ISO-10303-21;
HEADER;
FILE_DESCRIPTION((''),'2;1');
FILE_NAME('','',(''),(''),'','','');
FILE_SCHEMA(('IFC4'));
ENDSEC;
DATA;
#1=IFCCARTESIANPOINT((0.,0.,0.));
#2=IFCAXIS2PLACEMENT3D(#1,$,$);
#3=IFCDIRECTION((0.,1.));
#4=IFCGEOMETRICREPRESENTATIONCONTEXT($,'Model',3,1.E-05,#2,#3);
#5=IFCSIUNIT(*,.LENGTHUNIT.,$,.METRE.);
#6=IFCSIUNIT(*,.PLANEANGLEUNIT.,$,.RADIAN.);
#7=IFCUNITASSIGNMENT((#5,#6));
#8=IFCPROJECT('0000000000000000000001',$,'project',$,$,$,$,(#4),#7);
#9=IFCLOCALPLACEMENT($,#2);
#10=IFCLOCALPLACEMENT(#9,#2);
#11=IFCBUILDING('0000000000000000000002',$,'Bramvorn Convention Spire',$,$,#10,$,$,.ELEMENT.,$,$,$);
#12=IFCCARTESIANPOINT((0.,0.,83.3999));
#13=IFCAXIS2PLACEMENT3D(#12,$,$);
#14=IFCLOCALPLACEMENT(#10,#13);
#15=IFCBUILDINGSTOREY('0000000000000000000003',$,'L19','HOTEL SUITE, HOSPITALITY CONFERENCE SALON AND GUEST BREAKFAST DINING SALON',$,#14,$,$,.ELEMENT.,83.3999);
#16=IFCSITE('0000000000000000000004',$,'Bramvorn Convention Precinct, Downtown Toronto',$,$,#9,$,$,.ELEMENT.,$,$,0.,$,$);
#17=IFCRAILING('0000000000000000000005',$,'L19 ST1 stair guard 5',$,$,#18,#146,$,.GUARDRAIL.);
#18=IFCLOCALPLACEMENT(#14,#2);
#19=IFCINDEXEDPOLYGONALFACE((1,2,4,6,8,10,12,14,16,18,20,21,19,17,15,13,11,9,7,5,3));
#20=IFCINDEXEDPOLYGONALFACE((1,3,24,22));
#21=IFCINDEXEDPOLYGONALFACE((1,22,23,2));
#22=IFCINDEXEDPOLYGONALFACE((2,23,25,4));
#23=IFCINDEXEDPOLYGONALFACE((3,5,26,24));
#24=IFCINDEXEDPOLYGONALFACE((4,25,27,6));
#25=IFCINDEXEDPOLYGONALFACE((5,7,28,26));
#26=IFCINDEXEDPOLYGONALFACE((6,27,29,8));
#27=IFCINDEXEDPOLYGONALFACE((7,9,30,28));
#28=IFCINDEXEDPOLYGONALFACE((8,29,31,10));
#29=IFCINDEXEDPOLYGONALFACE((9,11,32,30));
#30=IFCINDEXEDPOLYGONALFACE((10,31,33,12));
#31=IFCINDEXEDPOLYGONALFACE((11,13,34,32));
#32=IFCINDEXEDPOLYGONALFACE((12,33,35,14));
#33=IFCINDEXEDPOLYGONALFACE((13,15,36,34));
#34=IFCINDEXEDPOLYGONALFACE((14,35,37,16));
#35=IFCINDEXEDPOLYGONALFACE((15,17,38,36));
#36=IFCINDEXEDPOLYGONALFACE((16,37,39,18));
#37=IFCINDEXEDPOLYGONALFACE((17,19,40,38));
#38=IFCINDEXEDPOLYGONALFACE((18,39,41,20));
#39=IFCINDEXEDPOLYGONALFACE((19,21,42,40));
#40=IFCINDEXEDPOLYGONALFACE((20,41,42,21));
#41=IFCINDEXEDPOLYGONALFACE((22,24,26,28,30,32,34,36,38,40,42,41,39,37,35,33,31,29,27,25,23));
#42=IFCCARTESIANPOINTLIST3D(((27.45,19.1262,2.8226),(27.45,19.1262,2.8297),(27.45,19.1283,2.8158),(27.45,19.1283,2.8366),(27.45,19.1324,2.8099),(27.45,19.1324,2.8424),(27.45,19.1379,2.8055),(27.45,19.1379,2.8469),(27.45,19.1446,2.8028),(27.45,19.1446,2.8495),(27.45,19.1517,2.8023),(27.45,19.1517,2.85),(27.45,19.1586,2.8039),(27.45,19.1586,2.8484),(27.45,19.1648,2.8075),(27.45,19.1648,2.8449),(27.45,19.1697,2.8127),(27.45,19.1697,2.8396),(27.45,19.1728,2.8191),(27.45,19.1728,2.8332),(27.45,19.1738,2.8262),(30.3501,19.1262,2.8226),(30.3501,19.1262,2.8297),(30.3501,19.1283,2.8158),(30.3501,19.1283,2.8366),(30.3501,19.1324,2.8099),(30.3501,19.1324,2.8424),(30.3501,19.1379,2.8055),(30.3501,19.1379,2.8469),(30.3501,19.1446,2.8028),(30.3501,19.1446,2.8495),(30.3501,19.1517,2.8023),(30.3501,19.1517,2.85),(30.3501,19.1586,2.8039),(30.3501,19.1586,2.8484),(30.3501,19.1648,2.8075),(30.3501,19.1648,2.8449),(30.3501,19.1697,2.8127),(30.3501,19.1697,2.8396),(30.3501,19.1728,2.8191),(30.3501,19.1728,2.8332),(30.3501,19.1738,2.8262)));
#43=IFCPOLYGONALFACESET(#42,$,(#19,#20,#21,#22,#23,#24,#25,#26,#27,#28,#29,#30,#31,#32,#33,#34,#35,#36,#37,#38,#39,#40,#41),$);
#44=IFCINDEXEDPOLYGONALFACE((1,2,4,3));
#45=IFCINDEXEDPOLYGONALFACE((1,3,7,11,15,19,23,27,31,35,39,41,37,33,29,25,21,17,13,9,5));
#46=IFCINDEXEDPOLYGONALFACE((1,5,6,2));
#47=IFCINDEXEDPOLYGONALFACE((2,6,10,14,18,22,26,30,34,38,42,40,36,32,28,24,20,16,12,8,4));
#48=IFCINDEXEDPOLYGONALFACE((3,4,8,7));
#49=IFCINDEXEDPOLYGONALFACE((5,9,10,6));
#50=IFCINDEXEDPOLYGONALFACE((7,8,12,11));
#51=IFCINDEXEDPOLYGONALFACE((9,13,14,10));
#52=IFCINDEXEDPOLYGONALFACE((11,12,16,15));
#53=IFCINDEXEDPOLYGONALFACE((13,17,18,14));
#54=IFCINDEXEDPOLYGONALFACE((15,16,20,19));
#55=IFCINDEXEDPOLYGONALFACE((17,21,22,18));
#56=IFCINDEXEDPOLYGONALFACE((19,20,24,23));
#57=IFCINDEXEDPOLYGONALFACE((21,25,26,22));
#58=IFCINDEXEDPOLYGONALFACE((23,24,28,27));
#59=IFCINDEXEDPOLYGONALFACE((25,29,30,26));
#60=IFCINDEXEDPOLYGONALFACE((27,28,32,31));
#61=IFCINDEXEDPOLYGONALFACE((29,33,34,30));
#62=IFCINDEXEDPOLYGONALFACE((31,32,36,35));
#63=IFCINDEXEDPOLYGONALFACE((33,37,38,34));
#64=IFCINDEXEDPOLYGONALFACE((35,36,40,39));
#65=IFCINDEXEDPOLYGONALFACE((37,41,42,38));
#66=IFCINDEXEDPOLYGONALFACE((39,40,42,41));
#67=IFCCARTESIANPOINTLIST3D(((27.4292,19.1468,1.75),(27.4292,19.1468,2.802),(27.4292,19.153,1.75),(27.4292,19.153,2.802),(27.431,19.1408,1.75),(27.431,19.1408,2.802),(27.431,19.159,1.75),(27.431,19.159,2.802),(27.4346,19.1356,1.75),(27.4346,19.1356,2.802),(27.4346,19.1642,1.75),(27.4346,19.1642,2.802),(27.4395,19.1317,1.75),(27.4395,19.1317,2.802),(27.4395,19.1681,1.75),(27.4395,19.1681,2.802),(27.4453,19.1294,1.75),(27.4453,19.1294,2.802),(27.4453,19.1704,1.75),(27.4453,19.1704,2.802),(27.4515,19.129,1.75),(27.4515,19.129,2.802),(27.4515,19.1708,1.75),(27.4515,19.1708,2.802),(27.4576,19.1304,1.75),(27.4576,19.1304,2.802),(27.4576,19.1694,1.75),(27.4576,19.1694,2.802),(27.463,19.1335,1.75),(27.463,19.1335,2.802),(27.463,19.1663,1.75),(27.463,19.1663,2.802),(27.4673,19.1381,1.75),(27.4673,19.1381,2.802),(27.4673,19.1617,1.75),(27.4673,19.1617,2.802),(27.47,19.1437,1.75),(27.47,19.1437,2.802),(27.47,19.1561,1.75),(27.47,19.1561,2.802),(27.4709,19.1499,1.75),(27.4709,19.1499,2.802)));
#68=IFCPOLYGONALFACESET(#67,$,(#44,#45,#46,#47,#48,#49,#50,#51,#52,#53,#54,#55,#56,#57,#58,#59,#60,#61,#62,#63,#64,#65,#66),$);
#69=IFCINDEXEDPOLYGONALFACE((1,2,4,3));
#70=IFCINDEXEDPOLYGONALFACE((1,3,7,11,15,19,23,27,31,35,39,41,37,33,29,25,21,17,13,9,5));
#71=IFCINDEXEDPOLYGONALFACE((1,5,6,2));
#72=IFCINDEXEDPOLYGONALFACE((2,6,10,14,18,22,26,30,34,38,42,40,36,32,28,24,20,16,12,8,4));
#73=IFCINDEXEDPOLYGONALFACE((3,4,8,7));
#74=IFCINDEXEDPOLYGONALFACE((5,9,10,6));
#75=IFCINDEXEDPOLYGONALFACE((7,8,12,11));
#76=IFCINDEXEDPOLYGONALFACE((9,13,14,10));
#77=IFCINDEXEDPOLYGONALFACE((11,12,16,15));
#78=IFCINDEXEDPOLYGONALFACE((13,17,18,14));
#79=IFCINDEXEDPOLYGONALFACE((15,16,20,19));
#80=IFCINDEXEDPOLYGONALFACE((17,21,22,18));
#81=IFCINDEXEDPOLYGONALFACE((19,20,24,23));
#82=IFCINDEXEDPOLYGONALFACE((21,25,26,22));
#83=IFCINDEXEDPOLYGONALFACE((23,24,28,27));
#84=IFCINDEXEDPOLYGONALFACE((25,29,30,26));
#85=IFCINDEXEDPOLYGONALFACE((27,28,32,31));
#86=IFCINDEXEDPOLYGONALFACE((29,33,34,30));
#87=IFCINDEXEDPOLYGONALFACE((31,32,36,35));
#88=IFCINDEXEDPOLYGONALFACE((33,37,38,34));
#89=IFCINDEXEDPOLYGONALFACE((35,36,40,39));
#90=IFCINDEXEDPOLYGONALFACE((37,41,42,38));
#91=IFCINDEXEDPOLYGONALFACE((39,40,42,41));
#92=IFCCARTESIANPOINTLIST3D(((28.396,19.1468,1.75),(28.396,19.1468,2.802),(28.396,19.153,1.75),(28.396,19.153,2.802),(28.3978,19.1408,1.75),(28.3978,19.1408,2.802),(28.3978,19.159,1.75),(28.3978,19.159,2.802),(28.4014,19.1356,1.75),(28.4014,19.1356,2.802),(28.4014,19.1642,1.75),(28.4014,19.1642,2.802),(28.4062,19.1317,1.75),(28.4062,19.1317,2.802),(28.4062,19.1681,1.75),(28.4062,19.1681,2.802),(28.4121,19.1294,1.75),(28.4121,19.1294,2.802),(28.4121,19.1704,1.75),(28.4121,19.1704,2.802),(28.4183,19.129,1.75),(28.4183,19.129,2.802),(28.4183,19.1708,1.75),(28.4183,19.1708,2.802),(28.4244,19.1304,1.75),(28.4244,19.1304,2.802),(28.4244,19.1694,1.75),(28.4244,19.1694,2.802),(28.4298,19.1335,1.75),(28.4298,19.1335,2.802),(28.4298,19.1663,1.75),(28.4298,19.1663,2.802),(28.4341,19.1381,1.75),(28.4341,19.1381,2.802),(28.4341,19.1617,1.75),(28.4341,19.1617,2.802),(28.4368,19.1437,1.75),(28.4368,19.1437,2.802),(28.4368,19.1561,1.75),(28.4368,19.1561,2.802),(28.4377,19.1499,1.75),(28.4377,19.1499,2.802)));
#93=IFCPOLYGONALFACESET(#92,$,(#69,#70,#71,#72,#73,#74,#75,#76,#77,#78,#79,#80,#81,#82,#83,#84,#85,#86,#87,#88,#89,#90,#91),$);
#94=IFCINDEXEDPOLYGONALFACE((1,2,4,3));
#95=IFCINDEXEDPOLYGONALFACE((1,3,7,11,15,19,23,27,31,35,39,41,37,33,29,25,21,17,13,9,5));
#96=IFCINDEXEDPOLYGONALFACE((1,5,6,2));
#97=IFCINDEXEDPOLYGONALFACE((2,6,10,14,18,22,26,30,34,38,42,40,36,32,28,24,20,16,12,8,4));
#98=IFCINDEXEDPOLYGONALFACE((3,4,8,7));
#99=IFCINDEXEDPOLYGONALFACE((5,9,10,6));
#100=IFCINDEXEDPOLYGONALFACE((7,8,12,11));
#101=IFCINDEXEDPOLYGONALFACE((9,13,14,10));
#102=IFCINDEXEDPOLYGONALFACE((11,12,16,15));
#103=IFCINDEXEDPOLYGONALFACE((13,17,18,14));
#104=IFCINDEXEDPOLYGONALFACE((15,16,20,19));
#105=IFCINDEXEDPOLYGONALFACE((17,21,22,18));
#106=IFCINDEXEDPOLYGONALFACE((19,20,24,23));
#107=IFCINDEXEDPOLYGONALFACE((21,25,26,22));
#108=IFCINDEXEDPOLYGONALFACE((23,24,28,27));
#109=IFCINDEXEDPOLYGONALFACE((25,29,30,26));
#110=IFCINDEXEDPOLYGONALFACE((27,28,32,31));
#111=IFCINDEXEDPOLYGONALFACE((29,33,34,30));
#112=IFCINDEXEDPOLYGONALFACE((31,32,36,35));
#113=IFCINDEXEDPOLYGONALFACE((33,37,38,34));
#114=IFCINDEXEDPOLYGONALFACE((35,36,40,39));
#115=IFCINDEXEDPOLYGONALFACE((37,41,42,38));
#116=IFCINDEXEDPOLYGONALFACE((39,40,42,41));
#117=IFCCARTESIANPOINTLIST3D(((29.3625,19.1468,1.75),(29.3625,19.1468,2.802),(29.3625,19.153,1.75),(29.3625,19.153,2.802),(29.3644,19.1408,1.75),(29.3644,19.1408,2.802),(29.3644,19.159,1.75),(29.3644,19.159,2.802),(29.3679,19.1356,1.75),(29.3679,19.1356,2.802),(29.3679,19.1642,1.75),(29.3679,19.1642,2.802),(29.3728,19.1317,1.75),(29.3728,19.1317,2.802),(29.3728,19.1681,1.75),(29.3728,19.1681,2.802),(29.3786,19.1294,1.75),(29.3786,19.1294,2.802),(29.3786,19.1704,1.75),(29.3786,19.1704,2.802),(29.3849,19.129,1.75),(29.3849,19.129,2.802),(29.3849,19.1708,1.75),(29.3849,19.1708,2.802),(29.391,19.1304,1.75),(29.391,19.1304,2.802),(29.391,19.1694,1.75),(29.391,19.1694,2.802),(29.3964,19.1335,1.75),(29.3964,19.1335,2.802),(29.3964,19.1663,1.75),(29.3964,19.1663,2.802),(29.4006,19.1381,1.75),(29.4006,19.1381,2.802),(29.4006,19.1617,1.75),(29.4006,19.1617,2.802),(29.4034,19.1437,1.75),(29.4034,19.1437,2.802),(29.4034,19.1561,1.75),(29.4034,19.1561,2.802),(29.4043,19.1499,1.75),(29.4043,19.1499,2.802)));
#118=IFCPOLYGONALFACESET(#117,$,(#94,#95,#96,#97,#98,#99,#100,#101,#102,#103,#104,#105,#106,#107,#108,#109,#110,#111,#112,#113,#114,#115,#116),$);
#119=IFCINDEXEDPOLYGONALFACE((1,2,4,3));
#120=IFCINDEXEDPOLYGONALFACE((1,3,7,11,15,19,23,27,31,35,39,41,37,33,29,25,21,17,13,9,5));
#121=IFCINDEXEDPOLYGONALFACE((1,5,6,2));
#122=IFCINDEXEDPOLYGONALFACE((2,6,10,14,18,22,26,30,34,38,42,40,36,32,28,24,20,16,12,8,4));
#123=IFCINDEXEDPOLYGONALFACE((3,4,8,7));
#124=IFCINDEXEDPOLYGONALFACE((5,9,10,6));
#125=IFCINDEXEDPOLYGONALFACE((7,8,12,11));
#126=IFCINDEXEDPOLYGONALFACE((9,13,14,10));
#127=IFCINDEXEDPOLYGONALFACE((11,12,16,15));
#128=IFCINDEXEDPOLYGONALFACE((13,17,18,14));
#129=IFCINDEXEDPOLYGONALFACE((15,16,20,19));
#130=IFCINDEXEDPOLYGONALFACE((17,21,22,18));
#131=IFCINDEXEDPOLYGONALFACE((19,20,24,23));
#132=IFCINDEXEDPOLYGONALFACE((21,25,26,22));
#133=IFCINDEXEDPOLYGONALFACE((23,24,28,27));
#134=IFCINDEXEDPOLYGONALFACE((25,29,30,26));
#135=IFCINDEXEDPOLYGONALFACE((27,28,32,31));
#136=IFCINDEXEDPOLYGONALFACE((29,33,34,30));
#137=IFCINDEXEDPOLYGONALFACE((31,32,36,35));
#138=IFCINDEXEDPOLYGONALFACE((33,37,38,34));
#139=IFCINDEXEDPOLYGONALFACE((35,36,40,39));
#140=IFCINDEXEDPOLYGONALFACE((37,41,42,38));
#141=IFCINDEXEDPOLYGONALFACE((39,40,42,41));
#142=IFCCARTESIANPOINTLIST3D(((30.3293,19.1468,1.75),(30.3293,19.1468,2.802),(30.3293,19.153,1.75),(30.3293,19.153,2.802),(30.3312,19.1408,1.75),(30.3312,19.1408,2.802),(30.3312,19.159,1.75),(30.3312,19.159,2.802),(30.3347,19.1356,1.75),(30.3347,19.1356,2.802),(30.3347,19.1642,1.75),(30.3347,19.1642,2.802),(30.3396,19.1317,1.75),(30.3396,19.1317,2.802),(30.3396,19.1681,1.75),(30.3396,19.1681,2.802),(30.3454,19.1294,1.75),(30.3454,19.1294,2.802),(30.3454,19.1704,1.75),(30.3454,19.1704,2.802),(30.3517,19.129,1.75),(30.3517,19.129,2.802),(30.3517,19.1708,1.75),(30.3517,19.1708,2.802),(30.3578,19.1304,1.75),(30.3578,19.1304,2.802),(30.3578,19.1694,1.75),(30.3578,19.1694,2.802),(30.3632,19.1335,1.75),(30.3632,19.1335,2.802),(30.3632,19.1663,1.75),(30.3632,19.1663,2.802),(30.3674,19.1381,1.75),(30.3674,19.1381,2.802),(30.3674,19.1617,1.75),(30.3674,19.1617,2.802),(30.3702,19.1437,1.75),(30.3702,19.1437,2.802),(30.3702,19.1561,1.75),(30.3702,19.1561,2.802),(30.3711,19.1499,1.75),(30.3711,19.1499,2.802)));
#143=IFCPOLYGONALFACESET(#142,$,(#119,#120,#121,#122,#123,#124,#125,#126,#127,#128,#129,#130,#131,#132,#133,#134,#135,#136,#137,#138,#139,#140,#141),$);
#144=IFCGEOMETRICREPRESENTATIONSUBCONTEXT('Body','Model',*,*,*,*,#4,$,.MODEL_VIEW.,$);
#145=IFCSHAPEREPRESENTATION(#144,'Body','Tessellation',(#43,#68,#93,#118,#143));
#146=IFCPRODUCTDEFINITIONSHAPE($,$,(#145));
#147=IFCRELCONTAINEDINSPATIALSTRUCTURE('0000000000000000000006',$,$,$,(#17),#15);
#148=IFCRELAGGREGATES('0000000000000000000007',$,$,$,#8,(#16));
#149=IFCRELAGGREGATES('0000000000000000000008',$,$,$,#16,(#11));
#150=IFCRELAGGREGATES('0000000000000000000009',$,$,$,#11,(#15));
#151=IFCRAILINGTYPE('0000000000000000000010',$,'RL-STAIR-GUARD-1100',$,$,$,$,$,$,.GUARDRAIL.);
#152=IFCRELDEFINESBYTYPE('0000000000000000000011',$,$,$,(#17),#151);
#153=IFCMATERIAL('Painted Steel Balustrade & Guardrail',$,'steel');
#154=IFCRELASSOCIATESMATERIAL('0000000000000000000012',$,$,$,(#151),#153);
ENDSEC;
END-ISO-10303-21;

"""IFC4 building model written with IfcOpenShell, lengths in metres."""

from ifc_helpers import new_model, si_unit, direction, frame, origin, origin_2d, place, context, subcontext, project, spatial, circle, extrude, material, type_object, element, save


model = new_model("IFC4")

# Units and contexts
model_context = context("Model", 3, precision=1e-05, world=origin(), true_north=direction((0.0, 1.0)))
body_context = subcontext(model_context, "Body", "Model", "MODEL_VIEW")
ifc_project = project(units=[si_unit("LENGTHUNIT", "METRE"), si_unit("PLANEANGLEUNIT", "RADIAN")], contexts=[model_context])

# Site, building, storey
site_placement = place(None, origin())
site = spatial("IfcSite", under=ifc_project, at=site_placement, Name="Bramvorn Convention Precinct, Downtown Toronto", CompositionType="ELEMENT", RefElevation=0.0)
building_placement = place(site_placement, origin())
building = spatial("IfcBuilding", under=site, at=building_placement, Name="Bramvorn Convention Spire", CompositionType="ELEMENT")
storey_placement = place(building_placement, frame((0.0, 0.0, 83.3999)))
storey = spatial("IfcBuildingStorey", under=building, at=storey_placement, Name="L19", Description="HOTEL SUITE, HOSPITALITY CONFERENCE SALON AND GUEST BREAKFAST DINING SALON", CompositionType="ELEMENT", Elevation=83.3999)

# Railing
ifc_material_1 = material(Name="Painted Steel Balustrade & Guardrail", Category="steel")
railing_type = type_object("IfcRailingType", Name="RL-STAIR-GUARD-1100", PredefinedType="GUARDRAIL", material=ifc_material_1)
railing_1_placement = place(storey_placement, frame((27.45, 19.1499, 1.75)))
element("IfcRailing", 1, at=railing_1_placement, inside=storey, type_object=railing_type, Name="L19 ST1 stair guard 5", PredefinedType="GUARDRAIL", context=body_context, shape_type="SweptSolid", body=[
    extrude(circle(Radius=0.0239, at=origin_2d()), frame((0.0, 0.0, 1.0762), z_axis=(1.0, 0.0, 0.0), x_axis=(0.0, 1.0, 0.0)), (0.0, 0.0, 1.0), 2.9001),
    extrude(circle(Radius=0.021, at=origin_2d()), origin(), (0.0, 0.0, 1.0), 1.052),
    extrude(circle(Radius=0.021, at=origin_2d()), frame((0.9668, 0.0, 0.0)), (0.0, 0.0, 1.0), 1.052),
    extrude(circle(Radius=0.021, at=origin_2d()), frame((1.9333, 0.0, 0.0)), (0.0, 0.0, 1.0), 1.052),
    extrude(circle(Radius=0.021, at=origin_2d()), frame((2.9001, 0.0, 0.0)), (0.0, 0.0, 1.0), 1.052),
])

save(model, "model.ifc")
